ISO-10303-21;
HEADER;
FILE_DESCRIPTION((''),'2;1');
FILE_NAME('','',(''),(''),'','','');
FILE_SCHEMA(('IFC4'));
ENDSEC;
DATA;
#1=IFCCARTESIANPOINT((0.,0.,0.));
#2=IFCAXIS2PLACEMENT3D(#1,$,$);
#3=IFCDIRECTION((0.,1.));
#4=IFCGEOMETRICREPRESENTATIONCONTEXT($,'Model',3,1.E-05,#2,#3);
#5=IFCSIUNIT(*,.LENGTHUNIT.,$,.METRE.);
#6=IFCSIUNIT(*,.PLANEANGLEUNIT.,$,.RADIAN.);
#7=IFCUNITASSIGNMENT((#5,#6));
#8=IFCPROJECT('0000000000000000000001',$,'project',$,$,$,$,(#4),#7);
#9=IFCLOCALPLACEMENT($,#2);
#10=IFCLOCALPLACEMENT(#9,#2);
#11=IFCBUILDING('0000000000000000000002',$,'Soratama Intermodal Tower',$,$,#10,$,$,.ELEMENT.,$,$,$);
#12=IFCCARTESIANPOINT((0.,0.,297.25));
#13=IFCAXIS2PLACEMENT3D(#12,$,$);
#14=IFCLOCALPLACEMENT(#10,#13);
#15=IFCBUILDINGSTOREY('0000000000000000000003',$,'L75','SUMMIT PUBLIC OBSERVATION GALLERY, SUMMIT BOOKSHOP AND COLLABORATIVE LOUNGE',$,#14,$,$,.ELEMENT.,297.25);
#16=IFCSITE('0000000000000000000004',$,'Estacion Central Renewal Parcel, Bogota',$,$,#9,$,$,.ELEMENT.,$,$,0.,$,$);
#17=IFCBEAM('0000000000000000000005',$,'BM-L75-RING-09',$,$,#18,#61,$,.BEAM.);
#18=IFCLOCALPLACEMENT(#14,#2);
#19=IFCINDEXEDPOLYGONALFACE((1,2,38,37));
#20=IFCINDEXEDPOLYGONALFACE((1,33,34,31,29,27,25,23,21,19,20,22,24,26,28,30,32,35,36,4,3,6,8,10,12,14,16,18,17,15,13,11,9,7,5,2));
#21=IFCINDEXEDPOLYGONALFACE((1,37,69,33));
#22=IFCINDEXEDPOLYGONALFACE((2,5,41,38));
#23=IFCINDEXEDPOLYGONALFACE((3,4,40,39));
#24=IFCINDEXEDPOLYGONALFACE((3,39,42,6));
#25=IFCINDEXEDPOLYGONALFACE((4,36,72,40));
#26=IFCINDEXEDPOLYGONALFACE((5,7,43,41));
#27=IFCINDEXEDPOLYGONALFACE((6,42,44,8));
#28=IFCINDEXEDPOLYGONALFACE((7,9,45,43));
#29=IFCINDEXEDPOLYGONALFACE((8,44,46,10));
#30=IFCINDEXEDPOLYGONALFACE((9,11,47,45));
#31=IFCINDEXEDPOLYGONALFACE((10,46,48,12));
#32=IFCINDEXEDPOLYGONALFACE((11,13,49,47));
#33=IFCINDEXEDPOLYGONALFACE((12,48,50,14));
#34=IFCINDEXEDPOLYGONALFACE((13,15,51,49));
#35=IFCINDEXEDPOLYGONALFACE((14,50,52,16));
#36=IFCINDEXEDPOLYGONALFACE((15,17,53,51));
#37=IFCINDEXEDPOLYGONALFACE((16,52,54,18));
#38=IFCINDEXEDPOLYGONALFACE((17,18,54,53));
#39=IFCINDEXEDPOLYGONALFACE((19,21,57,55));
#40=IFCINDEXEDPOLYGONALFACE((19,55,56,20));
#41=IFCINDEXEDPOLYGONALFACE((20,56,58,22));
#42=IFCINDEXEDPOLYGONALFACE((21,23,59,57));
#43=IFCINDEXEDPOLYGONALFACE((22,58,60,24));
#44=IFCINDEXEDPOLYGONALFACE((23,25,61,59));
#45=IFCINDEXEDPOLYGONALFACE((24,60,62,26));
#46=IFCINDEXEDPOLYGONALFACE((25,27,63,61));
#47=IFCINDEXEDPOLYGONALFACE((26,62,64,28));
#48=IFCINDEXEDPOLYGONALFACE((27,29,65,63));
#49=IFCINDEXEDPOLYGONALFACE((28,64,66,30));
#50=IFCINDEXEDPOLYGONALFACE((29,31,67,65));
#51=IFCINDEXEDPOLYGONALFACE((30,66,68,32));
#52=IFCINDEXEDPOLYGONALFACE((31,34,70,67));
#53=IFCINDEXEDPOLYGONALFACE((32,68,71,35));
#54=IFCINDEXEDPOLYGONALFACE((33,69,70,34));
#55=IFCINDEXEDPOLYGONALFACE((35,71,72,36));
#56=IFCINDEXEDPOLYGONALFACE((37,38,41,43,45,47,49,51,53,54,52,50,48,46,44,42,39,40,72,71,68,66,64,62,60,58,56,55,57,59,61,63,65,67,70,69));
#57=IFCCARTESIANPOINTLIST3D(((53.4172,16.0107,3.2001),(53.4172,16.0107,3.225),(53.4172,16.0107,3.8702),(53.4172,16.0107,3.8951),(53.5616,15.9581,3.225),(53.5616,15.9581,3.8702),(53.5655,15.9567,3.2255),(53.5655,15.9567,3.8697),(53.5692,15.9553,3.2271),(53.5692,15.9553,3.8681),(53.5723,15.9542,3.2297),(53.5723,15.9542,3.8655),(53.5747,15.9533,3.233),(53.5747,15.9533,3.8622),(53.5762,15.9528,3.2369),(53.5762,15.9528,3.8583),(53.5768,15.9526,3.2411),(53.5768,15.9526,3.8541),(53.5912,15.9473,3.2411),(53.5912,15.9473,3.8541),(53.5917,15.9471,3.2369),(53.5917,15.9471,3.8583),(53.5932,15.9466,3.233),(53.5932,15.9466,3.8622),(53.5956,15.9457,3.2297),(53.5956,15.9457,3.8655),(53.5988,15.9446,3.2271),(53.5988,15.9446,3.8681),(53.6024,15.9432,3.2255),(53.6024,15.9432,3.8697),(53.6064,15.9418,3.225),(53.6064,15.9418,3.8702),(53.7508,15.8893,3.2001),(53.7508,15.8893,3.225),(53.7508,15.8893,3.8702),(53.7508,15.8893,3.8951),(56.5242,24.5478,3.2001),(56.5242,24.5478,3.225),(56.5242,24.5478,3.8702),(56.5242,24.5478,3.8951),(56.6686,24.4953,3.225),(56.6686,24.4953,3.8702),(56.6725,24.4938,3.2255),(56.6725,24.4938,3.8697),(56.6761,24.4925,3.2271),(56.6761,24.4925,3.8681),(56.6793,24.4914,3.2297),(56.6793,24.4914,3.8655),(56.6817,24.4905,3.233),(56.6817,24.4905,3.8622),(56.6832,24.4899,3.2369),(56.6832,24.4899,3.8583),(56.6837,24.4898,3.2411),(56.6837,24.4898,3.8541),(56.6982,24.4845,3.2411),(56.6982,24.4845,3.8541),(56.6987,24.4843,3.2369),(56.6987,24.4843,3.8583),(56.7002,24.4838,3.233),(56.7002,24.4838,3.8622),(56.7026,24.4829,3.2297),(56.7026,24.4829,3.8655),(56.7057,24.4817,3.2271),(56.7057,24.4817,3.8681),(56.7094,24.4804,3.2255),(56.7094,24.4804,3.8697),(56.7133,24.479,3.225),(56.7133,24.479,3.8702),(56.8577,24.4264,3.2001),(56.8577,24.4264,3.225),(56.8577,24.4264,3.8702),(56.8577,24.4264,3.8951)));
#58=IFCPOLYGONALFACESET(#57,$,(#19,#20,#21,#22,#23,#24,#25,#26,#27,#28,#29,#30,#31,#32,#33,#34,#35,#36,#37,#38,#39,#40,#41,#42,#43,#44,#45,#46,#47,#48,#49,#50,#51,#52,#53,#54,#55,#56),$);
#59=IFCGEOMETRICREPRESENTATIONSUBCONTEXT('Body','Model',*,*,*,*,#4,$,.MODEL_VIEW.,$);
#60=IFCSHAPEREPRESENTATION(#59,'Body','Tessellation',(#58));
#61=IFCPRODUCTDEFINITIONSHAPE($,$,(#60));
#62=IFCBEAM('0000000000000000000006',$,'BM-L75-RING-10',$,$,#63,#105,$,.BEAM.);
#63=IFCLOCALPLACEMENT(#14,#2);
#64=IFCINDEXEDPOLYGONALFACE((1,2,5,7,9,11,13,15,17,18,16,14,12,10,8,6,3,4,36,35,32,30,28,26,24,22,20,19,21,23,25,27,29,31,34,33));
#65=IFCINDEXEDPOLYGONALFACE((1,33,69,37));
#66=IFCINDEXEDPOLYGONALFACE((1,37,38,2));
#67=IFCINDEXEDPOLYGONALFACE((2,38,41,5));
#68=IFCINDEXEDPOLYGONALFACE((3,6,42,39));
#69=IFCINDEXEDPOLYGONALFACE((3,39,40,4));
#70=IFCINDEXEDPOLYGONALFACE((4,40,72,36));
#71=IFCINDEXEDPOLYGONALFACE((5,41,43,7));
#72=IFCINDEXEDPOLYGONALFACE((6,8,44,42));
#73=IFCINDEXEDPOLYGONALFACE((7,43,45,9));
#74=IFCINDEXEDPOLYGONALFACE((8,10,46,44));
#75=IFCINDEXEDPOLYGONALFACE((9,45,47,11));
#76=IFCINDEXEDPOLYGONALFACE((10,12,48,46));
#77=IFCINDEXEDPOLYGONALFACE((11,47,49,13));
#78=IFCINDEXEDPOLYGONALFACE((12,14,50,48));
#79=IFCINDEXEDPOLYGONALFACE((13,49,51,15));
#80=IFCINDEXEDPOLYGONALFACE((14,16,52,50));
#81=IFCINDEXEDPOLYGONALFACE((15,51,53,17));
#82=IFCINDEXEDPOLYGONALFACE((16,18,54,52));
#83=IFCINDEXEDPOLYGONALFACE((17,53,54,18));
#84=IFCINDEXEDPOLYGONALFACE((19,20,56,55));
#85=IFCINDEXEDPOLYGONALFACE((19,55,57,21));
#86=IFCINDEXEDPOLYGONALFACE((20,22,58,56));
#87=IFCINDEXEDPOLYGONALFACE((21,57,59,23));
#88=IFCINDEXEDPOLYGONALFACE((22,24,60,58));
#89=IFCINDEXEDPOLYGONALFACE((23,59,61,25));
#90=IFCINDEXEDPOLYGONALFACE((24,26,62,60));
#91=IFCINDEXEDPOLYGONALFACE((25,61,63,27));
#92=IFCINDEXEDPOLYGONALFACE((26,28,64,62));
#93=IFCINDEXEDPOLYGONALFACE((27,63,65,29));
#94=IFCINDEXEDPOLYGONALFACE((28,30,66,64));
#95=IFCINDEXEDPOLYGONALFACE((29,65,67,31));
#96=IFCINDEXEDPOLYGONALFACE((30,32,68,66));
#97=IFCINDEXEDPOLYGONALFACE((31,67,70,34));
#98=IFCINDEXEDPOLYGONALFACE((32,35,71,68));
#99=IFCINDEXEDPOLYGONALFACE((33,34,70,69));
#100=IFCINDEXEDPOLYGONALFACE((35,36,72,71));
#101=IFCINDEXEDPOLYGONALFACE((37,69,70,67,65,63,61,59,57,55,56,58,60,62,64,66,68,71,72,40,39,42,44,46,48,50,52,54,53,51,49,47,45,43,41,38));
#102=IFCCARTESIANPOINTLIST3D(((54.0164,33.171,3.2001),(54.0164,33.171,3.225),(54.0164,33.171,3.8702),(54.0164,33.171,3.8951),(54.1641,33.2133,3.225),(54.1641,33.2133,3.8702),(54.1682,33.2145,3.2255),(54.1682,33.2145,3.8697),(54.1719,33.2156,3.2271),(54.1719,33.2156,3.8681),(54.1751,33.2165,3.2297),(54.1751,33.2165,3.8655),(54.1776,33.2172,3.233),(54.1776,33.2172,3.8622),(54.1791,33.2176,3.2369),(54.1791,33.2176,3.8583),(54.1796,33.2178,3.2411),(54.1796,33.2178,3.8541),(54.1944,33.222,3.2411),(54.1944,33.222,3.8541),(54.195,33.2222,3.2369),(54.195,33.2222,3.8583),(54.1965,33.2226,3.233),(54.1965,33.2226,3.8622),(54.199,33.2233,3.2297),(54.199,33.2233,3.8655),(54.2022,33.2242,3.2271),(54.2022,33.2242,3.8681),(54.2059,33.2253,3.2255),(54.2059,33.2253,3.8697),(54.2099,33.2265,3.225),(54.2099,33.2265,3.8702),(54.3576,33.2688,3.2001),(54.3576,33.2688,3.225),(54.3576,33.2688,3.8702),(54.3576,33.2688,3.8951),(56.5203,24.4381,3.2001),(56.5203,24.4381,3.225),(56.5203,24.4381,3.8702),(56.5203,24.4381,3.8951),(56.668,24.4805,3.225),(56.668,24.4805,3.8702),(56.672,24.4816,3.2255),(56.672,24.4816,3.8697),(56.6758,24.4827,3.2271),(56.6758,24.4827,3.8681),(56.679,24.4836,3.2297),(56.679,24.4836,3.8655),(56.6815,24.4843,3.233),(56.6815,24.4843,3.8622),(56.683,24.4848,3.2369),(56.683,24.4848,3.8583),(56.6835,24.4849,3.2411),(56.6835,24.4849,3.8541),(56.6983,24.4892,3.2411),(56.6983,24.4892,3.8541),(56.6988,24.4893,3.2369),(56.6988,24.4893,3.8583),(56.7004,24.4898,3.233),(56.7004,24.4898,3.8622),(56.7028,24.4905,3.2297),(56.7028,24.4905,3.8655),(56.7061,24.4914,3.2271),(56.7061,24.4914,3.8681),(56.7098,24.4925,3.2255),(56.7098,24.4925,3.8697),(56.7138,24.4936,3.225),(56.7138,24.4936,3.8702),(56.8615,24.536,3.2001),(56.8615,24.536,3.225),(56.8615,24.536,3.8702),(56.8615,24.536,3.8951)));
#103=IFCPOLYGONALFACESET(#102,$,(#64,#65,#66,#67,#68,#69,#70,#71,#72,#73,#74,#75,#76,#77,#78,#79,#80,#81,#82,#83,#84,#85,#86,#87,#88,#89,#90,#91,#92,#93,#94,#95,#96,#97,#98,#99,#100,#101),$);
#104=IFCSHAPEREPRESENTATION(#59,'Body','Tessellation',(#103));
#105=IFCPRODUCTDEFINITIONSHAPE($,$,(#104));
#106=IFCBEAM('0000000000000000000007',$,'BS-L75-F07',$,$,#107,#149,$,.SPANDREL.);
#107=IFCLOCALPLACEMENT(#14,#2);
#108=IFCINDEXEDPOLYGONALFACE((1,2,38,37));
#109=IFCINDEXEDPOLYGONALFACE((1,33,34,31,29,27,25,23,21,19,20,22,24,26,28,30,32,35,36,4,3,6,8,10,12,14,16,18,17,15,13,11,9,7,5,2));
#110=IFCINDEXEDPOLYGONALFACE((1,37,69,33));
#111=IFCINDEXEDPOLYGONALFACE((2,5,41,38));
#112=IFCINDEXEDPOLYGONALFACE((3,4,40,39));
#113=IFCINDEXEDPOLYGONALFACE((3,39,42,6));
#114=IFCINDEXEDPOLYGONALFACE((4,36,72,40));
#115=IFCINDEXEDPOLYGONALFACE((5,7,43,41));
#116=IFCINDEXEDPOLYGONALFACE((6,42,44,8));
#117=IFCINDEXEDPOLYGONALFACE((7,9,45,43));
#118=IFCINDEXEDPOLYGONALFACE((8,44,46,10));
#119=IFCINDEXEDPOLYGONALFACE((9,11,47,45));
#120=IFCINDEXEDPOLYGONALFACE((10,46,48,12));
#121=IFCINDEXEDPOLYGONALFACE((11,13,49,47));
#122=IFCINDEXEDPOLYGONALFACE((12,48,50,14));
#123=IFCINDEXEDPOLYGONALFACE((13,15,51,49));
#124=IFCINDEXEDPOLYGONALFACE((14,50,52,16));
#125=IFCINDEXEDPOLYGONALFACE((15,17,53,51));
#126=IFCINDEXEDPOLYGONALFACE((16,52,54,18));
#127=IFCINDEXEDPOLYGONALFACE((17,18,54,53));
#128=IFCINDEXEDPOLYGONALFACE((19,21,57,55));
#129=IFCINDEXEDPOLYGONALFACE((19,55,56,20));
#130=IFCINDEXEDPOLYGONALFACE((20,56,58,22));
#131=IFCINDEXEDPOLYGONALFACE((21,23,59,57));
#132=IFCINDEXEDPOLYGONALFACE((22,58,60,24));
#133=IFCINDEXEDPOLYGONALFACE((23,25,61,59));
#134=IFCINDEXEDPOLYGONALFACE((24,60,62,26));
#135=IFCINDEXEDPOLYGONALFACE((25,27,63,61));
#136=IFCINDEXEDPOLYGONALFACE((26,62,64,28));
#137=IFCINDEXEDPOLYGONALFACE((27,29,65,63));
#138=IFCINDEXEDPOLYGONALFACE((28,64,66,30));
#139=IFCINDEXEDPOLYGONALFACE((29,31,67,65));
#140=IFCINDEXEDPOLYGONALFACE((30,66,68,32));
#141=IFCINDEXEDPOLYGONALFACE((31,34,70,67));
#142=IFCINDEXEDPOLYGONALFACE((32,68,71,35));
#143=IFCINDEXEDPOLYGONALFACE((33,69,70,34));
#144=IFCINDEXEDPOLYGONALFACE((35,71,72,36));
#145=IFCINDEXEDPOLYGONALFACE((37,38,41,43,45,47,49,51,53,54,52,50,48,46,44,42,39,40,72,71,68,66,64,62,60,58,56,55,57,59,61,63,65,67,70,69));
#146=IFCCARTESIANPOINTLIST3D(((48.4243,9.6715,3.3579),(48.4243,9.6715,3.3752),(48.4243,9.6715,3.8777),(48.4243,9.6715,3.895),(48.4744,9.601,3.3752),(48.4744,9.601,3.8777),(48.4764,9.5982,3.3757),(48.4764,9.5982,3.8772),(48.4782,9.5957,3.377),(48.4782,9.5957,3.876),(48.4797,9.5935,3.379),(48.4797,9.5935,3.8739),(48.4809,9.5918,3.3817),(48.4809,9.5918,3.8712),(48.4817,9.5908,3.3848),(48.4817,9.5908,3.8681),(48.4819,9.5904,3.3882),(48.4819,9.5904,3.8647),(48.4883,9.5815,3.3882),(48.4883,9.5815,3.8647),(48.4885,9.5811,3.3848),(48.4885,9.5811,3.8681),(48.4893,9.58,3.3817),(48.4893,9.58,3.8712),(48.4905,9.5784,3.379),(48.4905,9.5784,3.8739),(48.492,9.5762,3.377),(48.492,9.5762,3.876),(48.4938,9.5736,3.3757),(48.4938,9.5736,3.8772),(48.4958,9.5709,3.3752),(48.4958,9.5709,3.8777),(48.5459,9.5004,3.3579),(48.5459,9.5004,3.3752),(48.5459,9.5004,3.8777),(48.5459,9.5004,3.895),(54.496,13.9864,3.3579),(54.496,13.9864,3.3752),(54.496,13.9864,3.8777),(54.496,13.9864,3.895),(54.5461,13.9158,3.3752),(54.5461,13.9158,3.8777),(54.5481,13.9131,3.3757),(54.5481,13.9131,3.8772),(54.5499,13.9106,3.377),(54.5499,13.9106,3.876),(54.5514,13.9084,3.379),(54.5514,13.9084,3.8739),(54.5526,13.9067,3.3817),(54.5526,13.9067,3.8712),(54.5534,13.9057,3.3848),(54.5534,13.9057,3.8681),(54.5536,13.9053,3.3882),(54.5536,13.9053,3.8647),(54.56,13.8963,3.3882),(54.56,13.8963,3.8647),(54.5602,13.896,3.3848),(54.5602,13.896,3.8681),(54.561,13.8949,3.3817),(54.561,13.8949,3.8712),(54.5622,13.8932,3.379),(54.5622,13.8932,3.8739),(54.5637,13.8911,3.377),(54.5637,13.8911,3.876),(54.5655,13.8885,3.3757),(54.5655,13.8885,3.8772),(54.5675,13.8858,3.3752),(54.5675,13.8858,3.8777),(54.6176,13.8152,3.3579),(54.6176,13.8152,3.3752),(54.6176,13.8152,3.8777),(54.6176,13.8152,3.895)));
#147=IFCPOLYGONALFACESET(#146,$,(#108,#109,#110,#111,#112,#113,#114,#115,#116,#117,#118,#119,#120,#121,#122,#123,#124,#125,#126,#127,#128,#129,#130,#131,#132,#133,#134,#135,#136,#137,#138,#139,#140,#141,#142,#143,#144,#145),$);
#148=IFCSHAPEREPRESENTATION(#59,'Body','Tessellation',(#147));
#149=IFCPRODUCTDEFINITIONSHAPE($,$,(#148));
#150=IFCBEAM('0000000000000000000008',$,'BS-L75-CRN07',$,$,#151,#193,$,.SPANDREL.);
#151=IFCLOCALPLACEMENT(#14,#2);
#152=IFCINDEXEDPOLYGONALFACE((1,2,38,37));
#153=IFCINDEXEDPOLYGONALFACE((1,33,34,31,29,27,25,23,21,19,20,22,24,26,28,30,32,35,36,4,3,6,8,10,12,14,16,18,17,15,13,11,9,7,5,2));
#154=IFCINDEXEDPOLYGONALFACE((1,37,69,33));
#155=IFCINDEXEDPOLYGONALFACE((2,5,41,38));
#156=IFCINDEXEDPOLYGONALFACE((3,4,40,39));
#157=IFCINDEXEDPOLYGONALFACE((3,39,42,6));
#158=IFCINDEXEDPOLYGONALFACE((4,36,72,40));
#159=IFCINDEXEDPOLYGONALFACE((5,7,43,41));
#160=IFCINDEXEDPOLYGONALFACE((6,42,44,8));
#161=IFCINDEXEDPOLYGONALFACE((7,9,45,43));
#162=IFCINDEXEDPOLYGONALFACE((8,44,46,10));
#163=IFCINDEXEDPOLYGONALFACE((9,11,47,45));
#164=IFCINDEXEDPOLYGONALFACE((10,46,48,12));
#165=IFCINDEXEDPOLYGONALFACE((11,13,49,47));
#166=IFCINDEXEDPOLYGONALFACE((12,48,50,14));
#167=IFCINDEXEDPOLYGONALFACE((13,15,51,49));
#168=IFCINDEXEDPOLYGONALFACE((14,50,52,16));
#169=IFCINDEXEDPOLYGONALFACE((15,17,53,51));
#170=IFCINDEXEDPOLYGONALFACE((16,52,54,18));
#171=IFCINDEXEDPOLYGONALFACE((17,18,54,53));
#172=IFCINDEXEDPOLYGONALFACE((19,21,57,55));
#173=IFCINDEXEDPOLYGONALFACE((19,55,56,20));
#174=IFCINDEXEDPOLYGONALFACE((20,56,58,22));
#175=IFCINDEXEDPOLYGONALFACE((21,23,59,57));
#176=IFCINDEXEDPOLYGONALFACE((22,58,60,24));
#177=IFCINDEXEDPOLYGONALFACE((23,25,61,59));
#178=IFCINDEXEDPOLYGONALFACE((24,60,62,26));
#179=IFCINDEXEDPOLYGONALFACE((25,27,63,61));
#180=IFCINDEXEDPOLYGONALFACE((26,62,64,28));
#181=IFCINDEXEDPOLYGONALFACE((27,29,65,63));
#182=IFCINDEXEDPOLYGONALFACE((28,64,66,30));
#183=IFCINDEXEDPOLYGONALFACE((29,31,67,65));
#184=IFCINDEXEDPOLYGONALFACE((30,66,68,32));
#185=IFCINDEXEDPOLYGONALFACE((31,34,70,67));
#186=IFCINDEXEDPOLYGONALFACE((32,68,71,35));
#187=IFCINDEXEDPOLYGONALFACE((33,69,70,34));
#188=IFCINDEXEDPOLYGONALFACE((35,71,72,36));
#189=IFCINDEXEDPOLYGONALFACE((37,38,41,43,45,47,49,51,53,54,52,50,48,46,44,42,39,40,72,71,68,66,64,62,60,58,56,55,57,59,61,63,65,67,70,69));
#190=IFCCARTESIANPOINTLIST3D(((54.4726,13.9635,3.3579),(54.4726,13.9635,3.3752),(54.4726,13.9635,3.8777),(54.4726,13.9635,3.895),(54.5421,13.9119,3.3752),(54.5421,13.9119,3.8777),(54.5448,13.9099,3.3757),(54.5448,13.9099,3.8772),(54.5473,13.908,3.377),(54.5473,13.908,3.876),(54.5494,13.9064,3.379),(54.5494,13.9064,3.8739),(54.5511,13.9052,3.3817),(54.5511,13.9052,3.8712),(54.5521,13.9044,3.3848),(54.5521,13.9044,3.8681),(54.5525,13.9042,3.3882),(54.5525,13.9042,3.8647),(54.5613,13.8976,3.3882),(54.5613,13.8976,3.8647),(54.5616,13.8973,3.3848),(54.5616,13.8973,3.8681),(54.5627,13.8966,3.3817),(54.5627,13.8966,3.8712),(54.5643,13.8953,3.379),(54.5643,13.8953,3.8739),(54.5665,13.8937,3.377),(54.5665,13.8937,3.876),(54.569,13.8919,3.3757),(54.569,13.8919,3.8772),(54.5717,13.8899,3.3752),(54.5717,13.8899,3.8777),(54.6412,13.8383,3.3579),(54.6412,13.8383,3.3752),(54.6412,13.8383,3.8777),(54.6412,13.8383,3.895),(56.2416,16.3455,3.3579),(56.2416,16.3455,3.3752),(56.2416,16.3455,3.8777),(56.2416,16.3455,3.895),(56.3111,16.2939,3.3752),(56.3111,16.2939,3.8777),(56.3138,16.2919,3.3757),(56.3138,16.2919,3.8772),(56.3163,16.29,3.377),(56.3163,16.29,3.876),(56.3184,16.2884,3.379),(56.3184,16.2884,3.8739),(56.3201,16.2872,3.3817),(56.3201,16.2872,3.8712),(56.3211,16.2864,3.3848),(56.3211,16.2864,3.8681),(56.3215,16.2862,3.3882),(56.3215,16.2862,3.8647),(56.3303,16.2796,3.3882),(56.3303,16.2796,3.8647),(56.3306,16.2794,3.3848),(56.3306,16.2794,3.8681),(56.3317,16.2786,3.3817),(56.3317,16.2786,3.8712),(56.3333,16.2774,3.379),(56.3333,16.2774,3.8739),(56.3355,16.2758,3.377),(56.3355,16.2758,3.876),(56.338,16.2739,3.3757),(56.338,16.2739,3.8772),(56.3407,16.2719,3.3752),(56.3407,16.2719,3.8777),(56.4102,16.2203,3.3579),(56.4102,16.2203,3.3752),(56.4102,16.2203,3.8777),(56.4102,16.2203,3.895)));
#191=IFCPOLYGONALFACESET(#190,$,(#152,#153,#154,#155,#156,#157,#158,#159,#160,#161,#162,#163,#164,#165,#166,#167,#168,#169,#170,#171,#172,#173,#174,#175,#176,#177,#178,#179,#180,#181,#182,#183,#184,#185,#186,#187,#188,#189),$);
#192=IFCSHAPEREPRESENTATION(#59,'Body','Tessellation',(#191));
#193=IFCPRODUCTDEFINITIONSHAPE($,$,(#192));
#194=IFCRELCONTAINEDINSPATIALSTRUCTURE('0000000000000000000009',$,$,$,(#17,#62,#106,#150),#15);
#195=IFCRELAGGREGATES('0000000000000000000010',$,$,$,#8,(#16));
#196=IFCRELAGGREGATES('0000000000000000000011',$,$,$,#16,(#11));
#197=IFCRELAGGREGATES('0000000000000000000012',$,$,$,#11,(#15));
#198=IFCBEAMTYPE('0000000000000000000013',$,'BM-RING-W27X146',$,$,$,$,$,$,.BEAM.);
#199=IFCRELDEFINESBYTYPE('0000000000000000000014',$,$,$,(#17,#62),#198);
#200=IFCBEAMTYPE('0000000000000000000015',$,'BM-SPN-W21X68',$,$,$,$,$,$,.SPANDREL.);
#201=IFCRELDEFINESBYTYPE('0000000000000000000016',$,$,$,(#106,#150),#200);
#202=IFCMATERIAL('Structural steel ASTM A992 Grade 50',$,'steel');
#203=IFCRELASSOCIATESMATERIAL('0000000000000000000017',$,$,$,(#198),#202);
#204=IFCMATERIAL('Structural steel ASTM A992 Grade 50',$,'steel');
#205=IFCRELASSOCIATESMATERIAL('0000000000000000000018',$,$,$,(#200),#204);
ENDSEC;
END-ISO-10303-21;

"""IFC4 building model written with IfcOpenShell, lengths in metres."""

from ifc_helpers import new_model, si_unit, direction, frame, origin, origin_2d, place, context, subcontext, project, spatial, i_section, extrude, material, material_profile, profile_set, type_object, element, save


model = new_model("IFC4")

# Units and contexts
model_context = context("Model", 3, precision=1e-05, world=origin(), true_north=direction((0.0, 1.0)))
body_context = subcontext(model_context, "Body", "Model", "MODEL_VIEW")
ifc_project = project(units=[si_unit("LENGTHUNIT", "METRE"), si_unit("PLANEANGLEUNIT", "RADIAN")], contexts=[model_context])

# Site, building, storey
site_placement = place(None, origin())
site = spatial("IfcSite", under=ifc_project, at=site_placement, Name="Estacion Central Renewal Parcel, Bogota", CompositionType="ELEMENT", RefElevation=0.0)
building_placement = place(site_placement, origin())
building = spatial("IfcBuilding", under=site, at=building_placement, Name="Soratama Intermodal Tower", CompositionType="ELEMENT")
storey_placement = place(building_placement, frame((0.0, 0.0, 297.25)))
storey = spatial("IfcBuildingStorey", under=building, at=storey_placement, Name="L75", Description="SUMMIT PUBLIC OBSERVATION GALLERY, SUMMIT BOOKSHOP AND COLLABORATIVE LOUNGE", CompositionType="ELEMENT", Elevation=297.25)

# Beams
ifc_material_1 = material(Name="Structural steel ASTM A992 Grade 50", Category="steel")
ifc_material_profile_1 = material_profile(ifc_material_1, i_section(OverallWidth=0.355, OverallDepth=0.6951, WebThickness=0.0154, FlangeThickness=0.0249, FilletRadius=0.0161, at=origin_2d()), Name="W27X146")
ifc_profile_set_1 = profile_set([ifc_material_profile_1], Name="Structural steel ASTM A992 Grade 50")
beam_type_1 = type_object("IfcBeamType", Name="BM-RING-W27X146", PredefinedType="BEAM", material=ifc_profile_set_1)
for number, where, z_axis, x_axis, name in (
    (1, (53.584, 15.95, 3.5476), (0.341989, 0.939704, 0.0), (-0.939704, 0.341989, 0.0), "BM-L75-RING-09"),
):
    element("IfcBeam", number, at=place(storey_placement, frame(where, z_axis=z_axis, x_axis=x_axis)), inside=storey, type_object=beam_type_1, Name=name, PredefinedType="BEAM", context=body_context, shape_type="SweptSolid", body=[
        extrude(i_section(OverallWidth=0.355, OverallDepth=0.6951, WebThickness=0.0154, FlangeThickness=0.0249, FilletRadius=0.0161, at=origin_2d()), origin(), (0.0, 0.0, 1.0), 9.085),
    ])
beam_1_placement = place(storey_placement, frame((56.6909, 24.4871, 3.5476), z_axis=(-0.275615, 0.961268, 0.0), x_axis=(-0.961268, -0.275615, 0.0)))
element("IfcBeam", 2, at=beam_1_placement, inside=storey, type_object=beam_type_1, Name="BM-L75-RING-10", PredefinedType="BEAM", context=body_context, shape_type="SweptSolid", body=[
    extrude(i_section(OverallWidth=0.355, OverallDepth=0.6951, WebThickness=0.0154, FlangeThickness=0.0249, FilletRadius=0.0161, at=origin_2d()), origin(), (0.0, 0.0, 1.0), 9.0847),
])
ifc_material_2 = material(Name="Structural steel ASTM A992 Grade 50", Category="steel")
ifc_material_profile_2 = material_profile(ifc_material_2, i_section(OverallWidth=0.21, OverallDepth=0.5371, WebThickness=0.011, FlangeThickness=0.0173, FilletRadius=0.0129, at=origin_2d()), Name="W21X68")
ifc_profile_set_2 = profile_set([ifc_material_profile_2], Name="Structural steel ASTM A992 Grade 50")
beam_type_2 = type_object("IfcBeamType", Name="BM-SPN-W21X68", PredefinedType="SPANDREL", material=ifc_profile_set_2)
beam_2_placement = place(storey_placement, frame((48.4851, 9.5859, 3.6265), z_axis=(0.815131, 0.579277, 0.0), x_axis=(-0.579277, 0.815131, 0.0)))
element("IfcBeam", 3, at=beam_2_placement, inside=storey, type_object=beam_type_2, Name="BS-L75-F07", PredefinedType="SPANDREL", context=body_context, shape_type="SweptSolid", body=[
    extrude(i_section(OverallWidth=0.21, OverallDepth=0.5371, WebThickness=0.011, FlangeThickness=0.0173, FilletRadius=0.0129, at=origin_2d()), origin(), (0.0, 0.0, 1.0), 7.4487),
])
beam_3_placement = place(storey_placement, frame((54.5569, 13.9009, 3.6265), z_axis=(0.596215, 0.802825, 0.0), x_axis=(-0.802825, 0.596215, 0.0)))
element("IfcBeam", 4, at=beam_3_placement, inside=storey, type_object=beam_type_2, Name="BS-L75-CRN07", PredefinedType="SPANDREL", context=body_context, shape_type="SweptSolid", body=[
    extrude(i_section(OverallWidth=0.21, OverallDepth=0.5371, WebThickness=0.011, FlangeThickness=0.0173, FilletRadius=0.0129, at=origin_2d()), origin(), (0.0, 0.0, 1.0), 2.967),
])

save(model, "model.ifc")
